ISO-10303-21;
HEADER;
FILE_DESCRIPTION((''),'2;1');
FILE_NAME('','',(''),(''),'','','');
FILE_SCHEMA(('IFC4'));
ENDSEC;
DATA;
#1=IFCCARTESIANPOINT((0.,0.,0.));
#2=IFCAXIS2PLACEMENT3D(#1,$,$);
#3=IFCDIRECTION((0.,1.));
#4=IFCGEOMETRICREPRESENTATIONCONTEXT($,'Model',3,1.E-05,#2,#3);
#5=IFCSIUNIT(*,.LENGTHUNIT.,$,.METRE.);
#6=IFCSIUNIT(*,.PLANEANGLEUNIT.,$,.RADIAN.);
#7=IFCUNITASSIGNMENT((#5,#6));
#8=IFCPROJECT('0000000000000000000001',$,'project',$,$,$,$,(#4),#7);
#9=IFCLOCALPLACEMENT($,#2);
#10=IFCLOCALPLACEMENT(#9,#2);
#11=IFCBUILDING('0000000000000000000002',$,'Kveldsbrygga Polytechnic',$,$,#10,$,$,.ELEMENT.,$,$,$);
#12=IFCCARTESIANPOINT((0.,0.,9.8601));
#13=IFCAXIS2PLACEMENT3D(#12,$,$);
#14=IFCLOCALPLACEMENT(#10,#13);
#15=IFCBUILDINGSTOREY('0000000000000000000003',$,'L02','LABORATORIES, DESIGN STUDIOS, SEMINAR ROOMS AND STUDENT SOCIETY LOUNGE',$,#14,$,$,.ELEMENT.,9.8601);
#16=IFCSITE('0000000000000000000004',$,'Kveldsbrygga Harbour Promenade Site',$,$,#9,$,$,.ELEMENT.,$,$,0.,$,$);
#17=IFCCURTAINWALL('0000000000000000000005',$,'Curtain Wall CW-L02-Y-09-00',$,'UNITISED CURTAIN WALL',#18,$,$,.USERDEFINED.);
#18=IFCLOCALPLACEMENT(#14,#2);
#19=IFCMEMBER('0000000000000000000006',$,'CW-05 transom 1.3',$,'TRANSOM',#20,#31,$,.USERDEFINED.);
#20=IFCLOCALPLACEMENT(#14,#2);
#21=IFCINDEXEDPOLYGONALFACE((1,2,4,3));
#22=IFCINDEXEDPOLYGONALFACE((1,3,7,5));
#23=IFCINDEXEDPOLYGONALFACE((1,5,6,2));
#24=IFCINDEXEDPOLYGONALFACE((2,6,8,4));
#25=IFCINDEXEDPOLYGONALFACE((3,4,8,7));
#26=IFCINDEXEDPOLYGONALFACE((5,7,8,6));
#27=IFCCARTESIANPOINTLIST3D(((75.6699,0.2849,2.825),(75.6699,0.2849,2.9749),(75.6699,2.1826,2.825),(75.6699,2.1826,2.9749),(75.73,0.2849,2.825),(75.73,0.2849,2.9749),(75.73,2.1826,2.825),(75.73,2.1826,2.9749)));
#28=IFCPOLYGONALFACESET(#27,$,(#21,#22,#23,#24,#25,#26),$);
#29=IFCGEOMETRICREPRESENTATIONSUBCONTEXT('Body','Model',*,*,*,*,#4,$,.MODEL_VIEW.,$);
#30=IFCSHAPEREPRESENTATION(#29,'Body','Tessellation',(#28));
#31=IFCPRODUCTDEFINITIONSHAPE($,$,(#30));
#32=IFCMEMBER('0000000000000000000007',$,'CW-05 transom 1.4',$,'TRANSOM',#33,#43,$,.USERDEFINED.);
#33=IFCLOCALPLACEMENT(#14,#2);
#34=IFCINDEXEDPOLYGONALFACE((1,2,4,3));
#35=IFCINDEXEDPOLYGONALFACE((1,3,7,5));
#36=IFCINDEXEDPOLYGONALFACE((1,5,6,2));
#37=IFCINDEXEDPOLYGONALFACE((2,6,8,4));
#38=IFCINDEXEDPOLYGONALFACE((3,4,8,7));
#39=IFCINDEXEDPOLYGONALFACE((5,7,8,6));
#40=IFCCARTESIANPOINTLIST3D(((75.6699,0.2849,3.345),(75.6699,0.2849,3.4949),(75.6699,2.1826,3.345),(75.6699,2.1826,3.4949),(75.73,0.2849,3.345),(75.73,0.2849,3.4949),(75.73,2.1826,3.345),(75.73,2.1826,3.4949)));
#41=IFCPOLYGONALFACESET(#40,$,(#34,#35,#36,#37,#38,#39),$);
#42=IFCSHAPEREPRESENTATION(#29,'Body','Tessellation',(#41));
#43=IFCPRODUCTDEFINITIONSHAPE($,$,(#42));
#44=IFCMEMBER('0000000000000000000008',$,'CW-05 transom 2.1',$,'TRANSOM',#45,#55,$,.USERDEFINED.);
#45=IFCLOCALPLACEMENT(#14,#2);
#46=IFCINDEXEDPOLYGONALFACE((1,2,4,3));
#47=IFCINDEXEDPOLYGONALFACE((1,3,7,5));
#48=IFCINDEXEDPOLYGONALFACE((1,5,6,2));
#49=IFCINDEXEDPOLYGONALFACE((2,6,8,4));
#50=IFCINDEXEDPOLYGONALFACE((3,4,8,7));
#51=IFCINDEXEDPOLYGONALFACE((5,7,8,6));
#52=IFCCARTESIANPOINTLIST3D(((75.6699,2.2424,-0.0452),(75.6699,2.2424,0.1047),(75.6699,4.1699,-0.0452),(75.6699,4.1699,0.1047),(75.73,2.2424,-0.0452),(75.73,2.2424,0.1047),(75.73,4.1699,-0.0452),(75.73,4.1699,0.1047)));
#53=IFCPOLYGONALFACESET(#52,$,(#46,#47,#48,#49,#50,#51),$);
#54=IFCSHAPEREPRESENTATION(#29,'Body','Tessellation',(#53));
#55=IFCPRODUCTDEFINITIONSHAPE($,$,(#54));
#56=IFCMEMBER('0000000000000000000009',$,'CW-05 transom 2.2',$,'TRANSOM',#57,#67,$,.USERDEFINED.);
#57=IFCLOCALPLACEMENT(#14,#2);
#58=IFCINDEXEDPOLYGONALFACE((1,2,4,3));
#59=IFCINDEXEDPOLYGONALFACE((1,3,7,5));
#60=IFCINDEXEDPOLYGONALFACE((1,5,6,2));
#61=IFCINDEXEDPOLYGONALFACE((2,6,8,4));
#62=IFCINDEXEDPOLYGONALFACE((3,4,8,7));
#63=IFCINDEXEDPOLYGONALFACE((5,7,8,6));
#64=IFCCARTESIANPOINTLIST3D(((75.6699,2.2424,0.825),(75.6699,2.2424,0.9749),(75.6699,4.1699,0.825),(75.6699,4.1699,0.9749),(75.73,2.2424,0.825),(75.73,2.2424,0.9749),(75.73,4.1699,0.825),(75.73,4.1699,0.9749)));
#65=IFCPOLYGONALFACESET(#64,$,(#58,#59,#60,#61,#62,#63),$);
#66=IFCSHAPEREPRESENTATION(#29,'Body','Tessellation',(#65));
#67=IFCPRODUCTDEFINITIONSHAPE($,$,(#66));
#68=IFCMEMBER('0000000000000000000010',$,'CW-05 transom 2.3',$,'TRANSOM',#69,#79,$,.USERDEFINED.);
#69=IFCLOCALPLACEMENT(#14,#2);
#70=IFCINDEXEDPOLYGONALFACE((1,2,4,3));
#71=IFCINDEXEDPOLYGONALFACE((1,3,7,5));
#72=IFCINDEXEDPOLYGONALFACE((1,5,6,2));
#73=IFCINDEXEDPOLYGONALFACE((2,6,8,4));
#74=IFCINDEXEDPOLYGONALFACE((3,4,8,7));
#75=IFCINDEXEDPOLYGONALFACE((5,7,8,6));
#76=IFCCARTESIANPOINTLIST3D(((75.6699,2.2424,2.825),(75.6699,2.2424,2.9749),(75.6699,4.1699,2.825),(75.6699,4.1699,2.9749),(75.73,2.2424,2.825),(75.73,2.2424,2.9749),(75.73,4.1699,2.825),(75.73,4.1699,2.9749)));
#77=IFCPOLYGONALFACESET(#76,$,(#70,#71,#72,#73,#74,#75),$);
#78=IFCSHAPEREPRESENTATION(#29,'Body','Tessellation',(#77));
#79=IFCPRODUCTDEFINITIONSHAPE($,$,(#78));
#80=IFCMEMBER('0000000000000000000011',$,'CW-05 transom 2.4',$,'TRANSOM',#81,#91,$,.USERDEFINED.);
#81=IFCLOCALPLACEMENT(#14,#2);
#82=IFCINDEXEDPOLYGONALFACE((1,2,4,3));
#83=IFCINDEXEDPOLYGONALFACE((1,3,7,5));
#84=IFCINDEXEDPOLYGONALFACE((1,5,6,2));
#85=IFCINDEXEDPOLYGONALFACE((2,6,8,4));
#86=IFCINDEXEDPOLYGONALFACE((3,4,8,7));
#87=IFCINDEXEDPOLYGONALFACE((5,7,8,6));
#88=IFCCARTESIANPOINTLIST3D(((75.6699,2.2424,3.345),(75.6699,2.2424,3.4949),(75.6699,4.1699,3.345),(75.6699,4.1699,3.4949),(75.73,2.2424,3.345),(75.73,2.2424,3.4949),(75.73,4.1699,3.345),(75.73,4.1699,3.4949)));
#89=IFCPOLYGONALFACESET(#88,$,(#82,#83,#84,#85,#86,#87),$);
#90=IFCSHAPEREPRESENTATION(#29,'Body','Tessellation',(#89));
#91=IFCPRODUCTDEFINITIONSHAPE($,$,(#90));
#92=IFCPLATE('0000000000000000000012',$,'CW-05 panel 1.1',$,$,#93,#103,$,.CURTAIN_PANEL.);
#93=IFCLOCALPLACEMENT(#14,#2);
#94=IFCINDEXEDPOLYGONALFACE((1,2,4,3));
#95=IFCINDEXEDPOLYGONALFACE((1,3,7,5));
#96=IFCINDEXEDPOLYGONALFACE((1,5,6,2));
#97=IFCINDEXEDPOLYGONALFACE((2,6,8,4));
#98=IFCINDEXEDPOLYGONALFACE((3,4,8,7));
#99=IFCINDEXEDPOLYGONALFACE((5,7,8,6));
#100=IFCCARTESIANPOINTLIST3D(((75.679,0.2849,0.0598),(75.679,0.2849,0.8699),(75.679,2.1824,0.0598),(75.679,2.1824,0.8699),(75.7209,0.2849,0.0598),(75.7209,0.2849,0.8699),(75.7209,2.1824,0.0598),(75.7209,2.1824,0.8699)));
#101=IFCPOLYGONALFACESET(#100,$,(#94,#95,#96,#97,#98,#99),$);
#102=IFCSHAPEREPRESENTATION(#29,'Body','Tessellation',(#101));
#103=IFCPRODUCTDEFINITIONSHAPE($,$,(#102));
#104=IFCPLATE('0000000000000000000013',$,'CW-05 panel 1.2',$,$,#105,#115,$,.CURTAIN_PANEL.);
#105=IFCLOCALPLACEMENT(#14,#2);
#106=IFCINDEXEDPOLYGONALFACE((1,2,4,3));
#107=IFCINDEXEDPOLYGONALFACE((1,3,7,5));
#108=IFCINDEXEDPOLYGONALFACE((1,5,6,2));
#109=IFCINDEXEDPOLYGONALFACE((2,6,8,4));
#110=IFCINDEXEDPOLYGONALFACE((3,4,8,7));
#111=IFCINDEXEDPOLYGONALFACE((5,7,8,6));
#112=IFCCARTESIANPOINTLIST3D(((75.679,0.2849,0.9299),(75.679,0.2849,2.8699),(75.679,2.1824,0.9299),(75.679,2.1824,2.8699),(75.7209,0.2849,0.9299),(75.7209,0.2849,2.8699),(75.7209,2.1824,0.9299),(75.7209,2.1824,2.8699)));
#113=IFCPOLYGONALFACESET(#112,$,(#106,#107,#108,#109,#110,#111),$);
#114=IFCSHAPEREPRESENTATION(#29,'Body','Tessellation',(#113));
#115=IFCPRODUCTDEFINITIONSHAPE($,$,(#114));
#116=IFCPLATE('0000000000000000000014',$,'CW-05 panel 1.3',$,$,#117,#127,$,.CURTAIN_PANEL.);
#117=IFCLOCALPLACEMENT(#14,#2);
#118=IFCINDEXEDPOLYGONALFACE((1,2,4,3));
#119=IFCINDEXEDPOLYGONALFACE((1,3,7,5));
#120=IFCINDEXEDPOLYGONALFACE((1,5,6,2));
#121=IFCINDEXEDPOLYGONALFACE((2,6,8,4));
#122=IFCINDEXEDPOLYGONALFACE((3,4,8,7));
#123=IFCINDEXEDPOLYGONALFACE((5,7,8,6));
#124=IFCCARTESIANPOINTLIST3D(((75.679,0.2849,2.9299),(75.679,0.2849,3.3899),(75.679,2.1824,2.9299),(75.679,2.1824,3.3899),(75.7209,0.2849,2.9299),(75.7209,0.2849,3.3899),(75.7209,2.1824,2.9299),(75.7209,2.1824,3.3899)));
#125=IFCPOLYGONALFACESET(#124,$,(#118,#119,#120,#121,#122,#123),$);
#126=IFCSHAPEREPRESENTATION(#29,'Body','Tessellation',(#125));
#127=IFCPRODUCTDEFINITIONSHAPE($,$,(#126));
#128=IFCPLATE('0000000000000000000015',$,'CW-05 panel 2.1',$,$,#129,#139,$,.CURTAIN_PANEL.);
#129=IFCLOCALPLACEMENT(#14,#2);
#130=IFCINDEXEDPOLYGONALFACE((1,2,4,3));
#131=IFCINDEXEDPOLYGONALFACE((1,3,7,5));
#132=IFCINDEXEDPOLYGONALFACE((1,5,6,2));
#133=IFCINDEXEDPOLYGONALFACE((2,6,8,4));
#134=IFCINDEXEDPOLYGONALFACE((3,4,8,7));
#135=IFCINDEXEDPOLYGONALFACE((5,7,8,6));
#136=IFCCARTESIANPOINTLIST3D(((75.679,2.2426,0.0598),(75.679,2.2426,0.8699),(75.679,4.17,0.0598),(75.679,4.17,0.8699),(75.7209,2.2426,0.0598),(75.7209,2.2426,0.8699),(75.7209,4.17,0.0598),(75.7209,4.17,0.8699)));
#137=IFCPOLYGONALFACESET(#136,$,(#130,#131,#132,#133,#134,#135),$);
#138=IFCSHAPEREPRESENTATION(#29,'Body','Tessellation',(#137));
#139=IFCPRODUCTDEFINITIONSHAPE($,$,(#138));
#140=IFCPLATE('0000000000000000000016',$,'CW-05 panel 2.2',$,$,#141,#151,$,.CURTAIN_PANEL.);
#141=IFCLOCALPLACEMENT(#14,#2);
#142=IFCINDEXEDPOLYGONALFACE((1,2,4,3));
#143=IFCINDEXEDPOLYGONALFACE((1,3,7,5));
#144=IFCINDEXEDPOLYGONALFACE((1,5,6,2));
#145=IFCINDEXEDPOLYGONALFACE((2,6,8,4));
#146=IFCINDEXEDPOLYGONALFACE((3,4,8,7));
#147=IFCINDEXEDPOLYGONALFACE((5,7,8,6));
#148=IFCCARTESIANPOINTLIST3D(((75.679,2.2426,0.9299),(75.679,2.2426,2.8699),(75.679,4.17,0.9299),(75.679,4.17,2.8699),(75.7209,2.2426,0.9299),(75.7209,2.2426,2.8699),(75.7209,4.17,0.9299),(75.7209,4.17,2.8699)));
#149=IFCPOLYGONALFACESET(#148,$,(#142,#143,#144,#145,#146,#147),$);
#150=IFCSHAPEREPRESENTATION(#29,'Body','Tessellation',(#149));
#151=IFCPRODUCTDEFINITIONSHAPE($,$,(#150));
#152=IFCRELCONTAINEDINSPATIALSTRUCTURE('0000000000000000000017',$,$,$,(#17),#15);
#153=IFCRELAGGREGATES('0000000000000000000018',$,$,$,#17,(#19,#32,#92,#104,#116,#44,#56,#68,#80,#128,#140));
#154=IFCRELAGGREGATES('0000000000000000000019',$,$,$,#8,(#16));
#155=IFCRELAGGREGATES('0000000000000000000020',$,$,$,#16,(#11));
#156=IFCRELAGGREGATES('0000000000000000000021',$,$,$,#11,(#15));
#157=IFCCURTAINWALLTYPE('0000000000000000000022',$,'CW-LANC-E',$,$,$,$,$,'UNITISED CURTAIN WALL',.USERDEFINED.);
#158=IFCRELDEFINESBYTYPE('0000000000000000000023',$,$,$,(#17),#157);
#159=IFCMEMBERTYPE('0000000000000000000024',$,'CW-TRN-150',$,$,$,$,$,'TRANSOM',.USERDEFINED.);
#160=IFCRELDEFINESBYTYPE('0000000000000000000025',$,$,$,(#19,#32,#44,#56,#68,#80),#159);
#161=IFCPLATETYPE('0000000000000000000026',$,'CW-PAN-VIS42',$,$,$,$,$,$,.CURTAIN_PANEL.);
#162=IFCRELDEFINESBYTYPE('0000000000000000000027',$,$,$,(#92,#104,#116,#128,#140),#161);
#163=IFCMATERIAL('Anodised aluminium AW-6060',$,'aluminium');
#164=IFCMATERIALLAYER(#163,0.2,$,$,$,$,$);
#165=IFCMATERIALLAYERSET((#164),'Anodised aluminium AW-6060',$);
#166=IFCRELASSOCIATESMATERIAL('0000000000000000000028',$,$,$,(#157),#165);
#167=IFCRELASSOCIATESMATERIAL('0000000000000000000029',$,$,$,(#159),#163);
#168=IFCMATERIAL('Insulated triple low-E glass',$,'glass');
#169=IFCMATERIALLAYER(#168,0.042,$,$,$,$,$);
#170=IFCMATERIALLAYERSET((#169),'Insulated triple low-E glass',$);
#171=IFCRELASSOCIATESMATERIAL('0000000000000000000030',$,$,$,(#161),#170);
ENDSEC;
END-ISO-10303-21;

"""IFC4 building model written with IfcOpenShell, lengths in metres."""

from ifc_helpers import new_model, si_unit, direction, frame, origin, origin_2d, place, context, subcontext, project, spatial, rectangle, extrude, material, layer, layer_set, material_profile, profile_set, type_object, element, aggregate, save


model = new_model("IFC4")

# Units and contexts
model_context = context("Model", 3, precision=1e-05, world=origin(), true_north=direction((0.0, 1.0)))
body_context = subcontext(model_context, "Body", "Model", "MODEL_VIEW")
ifc_project = project(units=[si_unit("LENGTHUNIT", "METRE"), si_unit("PLANEANGLEUNIT", "RADIAN")], contexts=[model_context])

# Site, building, storey
site_placement = place(None, origin())
site = spatial("IfcSite", under=ifc_project, at=site_placement, Name="Kveldsbrygga Harbour Promenade Site", CompositionType="ELEMENT", RefElevation=0.0)
building_placement = place(site_placement, origin())
building = spatial("IfcBuilding", under=site, at=building_placement, Name="Kveldsbrygga Polytechnic", CompositionType="ELEMENT")
storey_placement = place(building_placement, frame((0.0, 0.0, 9.8601)))
storey = spatial("IfcBuildingStorey", under=building, at=storey_placement, Name="L02", Description="LABORATORIES, DESIGN STUDIOS, SEMINAR ROOMS AND STUDENT SOCIETY LOUNGE", CompositionType="ELEMENT", Elevation=9.8601)

# Shared definitions
ifc_material_1 = material(Name="Anodised aluminium AW-6060", Category="aluminium")
ifc_layer_1 = layer(ifc_material_1, 0.2)
ifc_layer_set_1 = layer_set([ifc_layer_1], Name="Anodised aluminium AW-6060")
curtain_wall_type = type_object("IfcCurtainWallType", Name="CW-LANC-E", ElementType="UNITISED CURTAIN WALL", PredefinedType="USERDEFINED", material=ifc_layer_set_1)

# Curtain wall
curtain_wall_1_placement = place(storey_placement, origin())
curtain_wall_1 = element("IfcCurtainWall", 1, at=curtain_wall_1_placement, inside=storey, type_object=curtain_wall_type, Name="Curtain Wall CW-L02-Y-09-00", ObjectType="UNITISED CURTAIN WALL", PredefinedType="USERDEFINED")

# Members
ifc_material_profile_1 = material_profile(ifc_material_1, rectangle(XDim=0.0601, YDim=0.1499, at=origin_2d()), Name="ALU 60x150")
ifc_profile_set_1 = profile_set([ifc_material_profile_1], Name="Anodised aluminium AW-6060")
member_type_1 = type_object("IfcMemberType", Name="CW-TRN-150", ElementType="TRANSOM", PredefinedType="USERDEFINED", material=ifc_profile_set_1)
member_1_placement = place(storey_placement, frame((75.7, 0.2849, 2.8999), z_axis=(0.0, 1.0, 0.0), x_axis=(-1.0, 0.0, 0.0)))
member_1 = element("IfcMember", 2, at=member_1_placement, type_object=member_type_1, Name="CW-05 transom 1.3", ObjectType="TRANSOM", PredefinedType="USERDEFINED", context=body_context, shape_type="SweptSolid", body=[
    extrude(rectangle(XDim=0.0601, YDim=0.1499, at=origin_2d()), origin(), (0.0, 0.0, 1.0), 1.8977),
])
member_2_placement = place(storey_placement, frame((75.7, 0.2849, 3.4199), z_axis=(0.0, 1.0, 0.0), x_axis=(-1.0, 0.0, 0.0)))
member_2 = element("IfcMember", 3, at=member_2_placement, type_object=member_type_1, Name="CW-05 transom 1.4", ObjectType="TRANSOM", PredefinedType="USERDEFINED", context=body_context, shape_type="SweptSolid", body=[
    extrude(rectangle(XDim=0.0601, YDim=0.1499, at=origin_2d()), origin(), (0.0, 0.0, 1.0), 1.8977),
])
member_3_placement = place(storey_placement, frame((75.7, 2.2424, 0.0298), z_axis=(0.0, 1.0, 0.0), x_axis=(-1.0, 0.0, 0.0)))
member_3 = element("IfcMember", 4, at=member_3_placement, type_object=member_type_1, Name="CW-05 transom 2.1", ObjectType="TRANSOM", PredefinedType="USERDEFINED", context=body_context, shape_type="SweptSolid", body=[
    extrude(rectangle(XDim=0.0601, YDim=0.1499, at=origin_2d()), origin(), (0.0, 0.0, 1.0), 1.9275),
])
member_4_placement = place(storey_placement, frame((75.7, 2.2424, 0.8999), z_axis=(0.0, 1.0, 0.0), x_axis=(-1.0, 0.0, 0.0)))
member_4 = element("IfcMember", 5, at=member_4_placement, type_object=member_type_1, Name="CW-05 transom 2.2", ObjectType="TRANSOM", PredefinedType="USERDEFINED", context=body_context, shape_type="SweptSolid", body=[
    extrude(rectangle(XDim=0.0601, YDim=0.1499, at=origin_2d()), origin(), (0.0, 0.0, 1.0), 1.9275),
])
member_5_placement = place(storey_placement, frame((75.7, 2.2424, 2.8999), z_axis=(0.0, 1.0, 0.0), x_axis=(-1.0, 0.0, 0.0)))
member_5 = element("IfcMember", 6, at=member_5_placement, type_object=member_type_1, Name="CW-05 transom 2.3", ObjectType="TRANSOM", PredefinedType="USERDEFINED", context=body_context, shape_type="SweptSolid", body=[
    extrude(rectangle(XDim=0.0601, YDim=0.1499, at=origin_2d()), origin(), (0.0, 0.0, 1.0), 1.9275),
])
member_6_placement = place(storey_placement, frame((75.7, 2.2424, 3.4199), z_axis=(0.0, 1.0, 0.0), x_axis=(-1.0, 0.0, 0.0)))
member_6 = element("IfcMember", 7, at=member_6_placement, type_object=member_type_1, Name="CW-05 transom 2.4", ObjectType="TRANSOM", PredefinedType="USERDEFINED", context=body_context, shape_type="SweptSolid", body=[
    extrude(rectangle(XDim=0.0601, YDim=0.1499, at=origin_2d()), origin(), (0.0, 0.0, 1.0), 1.9275),
])

# Plates
ifc_material_2 = material(Name="Insulated triple low-E glass", Category="glass")
ifc_layer_2 = layer(ifc_material_2, 0.042)
ifc_layer_set_2 = layer_set([ifc_layer_2], Name="Insulated triple low-E glass")
plate_type = type_object("IfcPlateType", Name="CW-PAN-VIS42", PredefinedType="CURTAIN_PANEL", material=ifc_layer_set_2)
plate_1_placement = place(storey_placement, frame((75.7, 1.2336, 0.0598), z_axis=(0.0, 0.0, 1.0), x_axis=(0.0, 1.0, 0.0)))
plate_1 = element("IfcPlate", 8, at=plate_1_placement, type_object=plate_type, Name="CW-05 panel 1.1", PredefinedType="CURTAIN_PANEL", context=body_context, shape_type="SweptSolid", body=[
    extrude(rectangle(XDim=1.8975, YDim=0.042, at=origin_2d()), origin(), (0.0, 0.0, 1.0), 0.8101),
])
plate_2_placement = place(storey_placement, frame((75.7, 1.2336, 0.9299), z_axis=(0.0, 0.0, 1.0), x_axis=(0.0, 1.0, 0.0)))
plate_2 = element("IfcPlate", 9, at=plate_2_placement, type_object=plate_type, Name="CW-05 panel 1.2", PredefinedType="CURTAIN_PANEL", context=body_context, shape_type="SweptSolid", body=[
    extrude(rectangle(XDim=1.8975, YDim=0.042, at=origin_2d()), origin(), (0.0, 0.0, 1.0), 1.9399),
])
plate_3_placement = place(storey_placement, frame((75.7, 1.2336, 2.9299), z_axis=(0.0, 0.0, 1.0), x_axis=(0.0, 1.0, 0.0)))
plate_3 = element("IfcPlate", 10, at=plate_3_placement, type_object=plate_type, Name="CW-05 panel 1.3", PredefinedType="CURTAIN_PANEL", context=body_context, shape_type="SweptSolid", body=[
    extrude(rectangle(XDim=1.8975, YDim=0.042, at=origin_2d()), origin(), (0.0, 0.0, 1.0), 0.46),
])
plate_4_placement = place(storey_placement, frame((75.7, 3.2063, 0.0598), z_axis=(0.0, 0.0, 1.0), x_axis=(0.0, 1.0, 0.0)))
plate_4 = element("IfcPlate", 11, at=plate_4_placement, type_object=plate_type, Name="CW-05 panel 2.1", PredefinedType="CURTAIN_PANEL", context=body_context, shape_type="SweptSolid", body=[
    extrude(rectangle(XDim=1.9275, YDim=0.042, at=origin_2d()), origin(), (0.0, 0.0, 1.0), 0.8101),
])
plate_5_placement = place(storey_placement, frame((75.7, 3.2063, 0.9299), z_axis=(0.0, 0.0, 1.0), x_axis=(0.0, 1.0, 0.0)))
plate_5 = element("IfcPlate", 12, at=plate_5_placement, type_object=plate_type, Name="CW-05 panel 2.2", PredefinedType="CURTAIN_PANEL", context=body_context, shape_type="SweptSolid", body=[
    extrude(rectangle(XDim=1.9275, YDim=0.042, at=origin_2d()), origin(), (0.0, 0.0, 1.0), 1.9399),
])
aggregate(curtain_wall_1, [member_1, member_2, plate_1, plate_2, plate_3, member_3, member_4, member_5, member_6, plate_4, plate_5])

save(model, "model.ifc")
